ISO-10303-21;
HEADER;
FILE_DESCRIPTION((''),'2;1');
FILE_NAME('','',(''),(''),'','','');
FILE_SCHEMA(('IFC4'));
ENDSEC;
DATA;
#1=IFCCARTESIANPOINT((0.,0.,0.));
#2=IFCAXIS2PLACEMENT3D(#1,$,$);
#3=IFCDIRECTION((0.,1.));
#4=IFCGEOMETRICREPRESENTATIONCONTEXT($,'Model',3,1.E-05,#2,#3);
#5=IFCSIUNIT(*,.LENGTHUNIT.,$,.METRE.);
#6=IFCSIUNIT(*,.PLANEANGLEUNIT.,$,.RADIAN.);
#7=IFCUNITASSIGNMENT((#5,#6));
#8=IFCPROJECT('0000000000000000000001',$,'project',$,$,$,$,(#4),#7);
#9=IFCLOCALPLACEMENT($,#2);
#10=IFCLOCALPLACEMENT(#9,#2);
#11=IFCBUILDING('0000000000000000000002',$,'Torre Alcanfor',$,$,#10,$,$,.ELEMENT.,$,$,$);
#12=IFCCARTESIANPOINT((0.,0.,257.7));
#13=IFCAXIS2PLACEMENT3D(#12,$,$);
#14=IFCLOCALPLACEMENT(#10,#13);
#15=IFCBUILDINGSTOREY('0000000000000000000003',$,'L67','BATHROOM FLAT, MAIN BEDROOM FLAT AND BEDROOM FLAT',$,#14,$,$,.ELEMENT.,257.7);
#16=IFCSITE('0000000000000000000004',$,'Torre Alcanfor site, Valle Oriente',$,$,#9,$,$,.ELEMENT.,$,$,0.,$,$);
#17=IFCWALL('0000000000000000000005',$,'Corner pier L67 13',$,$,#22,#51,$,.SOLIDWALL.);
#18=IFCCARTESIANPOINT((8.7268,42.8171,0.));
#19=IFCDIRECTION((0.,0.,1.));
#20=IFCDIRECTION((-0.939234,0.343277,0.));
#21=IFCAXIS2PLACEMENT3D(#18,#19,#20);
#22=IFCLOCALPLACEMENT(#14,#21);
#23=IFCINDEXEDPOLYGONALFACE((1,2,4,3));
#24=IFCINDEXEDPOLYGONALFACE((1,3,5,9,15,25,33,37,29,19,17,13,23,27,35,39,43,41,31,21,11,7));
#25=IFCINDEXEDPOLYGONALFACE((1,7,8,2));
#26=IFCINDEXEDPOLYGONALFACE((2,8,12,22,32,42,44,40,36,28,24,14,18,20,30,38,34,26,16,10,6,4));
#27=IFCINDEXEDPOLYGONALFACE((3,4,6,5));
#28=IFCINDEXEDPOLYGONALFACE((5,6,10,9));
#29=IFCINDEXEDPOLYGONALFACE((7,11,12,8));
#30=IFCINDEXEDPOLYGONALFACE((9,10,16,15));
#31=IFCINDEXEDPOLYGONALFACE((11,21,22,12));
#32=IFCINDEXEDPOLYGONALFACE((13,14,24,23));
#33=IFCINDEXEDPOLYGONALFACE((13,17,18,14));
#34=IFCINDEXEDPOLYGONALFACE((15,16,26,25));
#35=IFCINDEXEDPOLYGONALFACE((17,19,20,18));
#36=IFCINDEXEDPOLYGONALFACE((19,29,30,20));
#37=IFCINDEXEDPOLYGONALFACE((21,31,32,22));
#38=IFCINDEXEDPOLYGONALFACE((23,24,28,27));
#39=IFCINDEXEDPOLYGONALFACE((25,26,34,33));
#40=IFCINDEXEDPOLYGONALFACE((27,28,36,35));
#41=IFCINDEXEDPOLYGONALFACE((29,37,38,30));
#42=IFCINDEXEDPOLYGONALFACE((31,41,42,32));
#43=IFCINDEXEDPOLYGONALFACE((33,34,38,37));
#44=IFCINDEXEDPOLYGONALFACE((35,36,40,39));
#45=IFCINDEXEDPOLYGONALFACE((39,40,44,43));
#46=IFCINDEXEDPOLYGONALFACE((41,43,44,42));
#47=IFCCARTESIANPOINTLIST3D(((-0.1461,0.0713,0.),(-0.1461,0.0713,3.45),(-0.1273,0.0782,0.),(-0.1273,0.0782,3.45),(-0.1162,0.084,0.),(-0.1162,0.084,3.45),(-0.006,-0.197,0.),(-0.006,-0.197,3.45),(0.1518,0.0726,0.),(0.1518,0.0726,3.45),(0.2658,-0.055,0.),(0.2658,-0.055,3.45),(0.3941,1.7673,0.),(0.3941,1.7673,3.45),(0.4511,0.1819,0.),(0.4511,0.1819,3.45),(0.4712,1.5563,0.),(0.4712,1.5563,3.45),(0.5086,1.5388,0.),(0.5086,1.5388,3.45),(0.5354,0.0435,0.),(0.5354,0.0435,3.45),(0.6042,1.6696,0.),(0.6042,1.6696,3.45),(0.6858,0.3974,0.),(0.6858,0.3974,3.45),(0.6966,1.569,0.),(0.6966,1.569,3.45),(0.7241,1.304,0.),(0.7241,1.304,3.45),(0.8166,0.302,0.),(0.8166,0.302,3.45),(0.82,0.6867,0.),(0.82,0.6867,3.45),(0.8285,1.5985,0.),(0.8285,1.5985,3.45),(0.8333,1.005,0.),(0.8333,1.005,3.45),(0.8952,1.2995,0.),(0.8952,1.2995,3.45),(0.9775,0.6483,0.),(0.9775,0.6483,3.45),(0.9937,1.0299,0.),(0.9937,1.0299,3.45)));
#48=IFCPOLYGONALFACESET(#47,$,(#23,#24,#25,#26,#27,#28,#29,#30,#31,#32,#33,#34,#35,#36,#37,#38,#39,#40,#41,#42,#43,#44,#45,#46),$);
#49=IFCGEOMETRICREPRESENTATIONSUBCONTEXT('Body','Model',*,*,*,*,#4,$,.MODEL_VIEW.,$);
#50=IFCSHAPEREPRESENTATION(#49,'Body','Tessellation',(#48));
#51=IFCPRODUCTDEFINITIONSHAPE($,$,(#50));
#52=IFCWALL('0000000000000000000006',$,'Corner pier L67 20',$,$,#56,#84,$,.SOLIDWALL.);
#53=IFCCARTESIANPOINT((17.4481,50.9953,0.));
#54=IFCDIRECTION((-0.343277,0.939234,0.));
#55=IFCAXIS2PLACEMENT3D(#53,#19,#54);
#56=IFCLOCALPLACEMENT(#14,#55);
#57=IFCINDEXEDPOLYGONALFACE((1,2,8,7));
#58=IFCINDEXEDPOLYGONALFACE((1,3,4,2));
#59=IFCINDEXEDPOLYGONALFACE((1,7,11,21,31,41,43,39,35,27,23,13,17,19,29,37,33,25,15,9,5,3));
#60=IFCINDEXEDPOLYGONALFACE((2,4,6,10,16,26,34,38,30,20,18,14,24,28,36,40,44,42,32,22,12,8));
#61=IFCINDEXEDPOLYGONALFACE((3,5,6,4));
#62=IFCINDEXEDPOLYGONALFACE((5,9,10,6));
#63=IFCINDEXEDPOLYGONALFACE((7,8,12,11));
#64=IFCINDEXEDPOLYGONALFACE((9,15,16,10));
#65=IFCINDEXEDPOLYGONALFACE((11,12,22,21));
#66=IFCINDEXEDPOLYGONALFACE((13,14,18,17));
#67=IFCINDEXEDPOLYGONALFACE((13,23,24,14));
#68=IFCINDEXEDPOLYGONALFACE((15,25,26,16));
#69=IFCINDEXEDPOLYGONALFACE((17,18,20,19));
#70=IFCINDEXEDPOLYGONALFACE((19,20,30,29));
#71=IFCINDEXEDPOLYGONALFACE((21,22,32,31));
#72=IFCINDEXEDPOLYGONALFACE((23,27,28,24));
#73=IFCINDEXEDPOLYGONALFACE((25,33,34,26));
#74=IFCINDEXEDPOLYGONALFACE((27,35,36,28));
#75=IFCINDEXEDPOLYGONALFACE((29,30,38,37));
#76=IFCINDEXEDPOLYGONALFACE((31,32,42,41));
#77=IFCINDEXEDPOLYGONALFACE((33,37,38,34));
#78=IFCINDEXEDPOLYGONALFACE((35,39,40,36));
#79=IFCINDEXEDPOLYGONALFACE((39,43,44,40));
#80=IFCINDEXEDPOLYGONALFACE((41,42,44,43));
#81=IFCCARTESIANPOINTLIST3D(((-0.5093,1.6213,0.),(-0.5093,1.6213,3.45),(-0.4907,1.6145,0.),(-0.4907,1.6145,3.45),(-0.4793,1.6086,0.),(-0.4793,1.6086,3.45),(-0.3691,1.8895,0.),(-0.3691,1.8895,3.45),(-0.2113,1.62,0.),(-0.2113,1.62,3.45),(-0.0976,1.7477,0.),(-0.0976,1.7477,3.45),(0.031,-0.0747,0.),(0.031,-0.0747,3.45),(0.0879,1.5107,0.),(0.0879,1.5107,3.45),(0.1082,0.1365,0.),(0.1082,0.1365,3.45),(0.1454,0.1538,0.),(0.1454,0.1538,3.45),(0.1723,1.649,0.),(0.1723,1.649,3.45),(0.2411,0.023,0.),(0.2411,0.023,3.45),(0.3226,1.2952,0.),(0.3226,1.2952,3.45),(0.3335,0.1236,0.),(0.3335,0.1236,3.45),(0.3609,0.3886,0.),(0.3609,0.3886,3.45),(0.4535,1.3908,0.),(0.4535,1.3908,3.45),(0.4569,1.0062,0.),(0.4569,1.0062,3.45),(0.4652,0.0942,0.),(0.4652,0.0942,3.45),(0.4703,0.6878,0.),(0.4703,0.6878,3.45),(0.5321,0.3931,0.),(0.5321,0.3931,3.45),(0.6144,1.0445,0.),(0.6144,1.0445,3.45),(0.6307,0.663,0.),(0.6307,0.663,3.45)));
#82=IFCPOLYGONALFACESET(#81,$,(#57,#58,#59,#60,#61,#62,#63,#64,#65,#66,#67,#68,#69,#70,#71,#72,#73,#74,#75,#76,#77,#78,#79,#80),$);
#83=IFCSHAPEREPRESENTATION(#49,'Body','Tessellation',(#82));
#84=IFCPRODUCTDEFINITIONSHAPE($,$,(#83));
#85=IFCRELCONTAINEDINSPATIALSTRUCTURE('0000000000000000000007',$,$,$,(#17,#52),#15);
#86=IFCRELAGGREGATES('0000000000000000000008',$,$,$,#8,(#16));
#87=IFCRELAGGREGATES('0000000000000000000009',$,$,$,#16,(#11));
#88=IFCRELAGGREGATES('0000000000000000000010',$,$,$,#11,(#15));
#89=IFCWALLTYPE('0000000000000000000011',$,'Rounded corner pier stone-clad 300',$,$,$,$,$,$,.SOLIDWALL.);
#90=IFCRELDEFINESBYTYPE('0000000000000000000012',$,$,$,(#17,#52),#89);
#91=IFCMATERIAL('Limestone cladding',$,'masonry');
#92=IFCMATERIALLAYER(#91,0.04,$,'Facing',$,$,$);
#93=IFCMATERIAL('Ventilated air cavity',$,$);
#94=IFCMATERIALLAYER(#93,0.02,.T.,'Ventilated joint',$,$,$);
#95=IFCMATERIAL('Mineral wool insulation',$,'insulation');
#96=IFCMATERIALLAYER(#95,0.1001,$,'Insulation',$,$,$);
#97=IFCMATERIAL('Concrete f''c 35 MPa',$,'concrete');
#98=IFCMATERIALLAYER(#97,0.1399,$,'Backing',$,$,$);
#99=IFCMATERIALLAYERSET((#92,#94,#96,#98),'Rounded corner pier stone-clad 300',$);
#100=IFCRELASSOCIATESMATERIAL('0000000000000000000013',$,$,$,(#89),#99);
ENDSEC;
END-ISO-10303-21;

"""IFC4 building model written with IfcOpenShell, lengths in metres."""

from ifc_helpers import new_model, si_unit, direction, frame, origin, place, context, subcontext, project, spatial, polyline, outline, extrude, material, layer, layer_set, type_object, element, save


model = new_model("IFC4")

# Units and contexts
model_context = context("Model", 3, precision=1e-05, world=origin(), true_north=direction((0.0, 1.0)))
body_context = subcontext(model_context, "Body", "Model", "MODEL_VIEW")
ifc_project = project(units=[si_unit("LENGTHUNIT", "METRE"), si_unit("PLANEANGLEUNIT", "RADIAN")], contexts=[model_context])

# Site, building, storey
site_placement = place(None, origin())
site = spatial("IfcSite", under=ifc_project, at=site_placement, Name="Torre Alcanfor site, Valle Oriente", CompositionType="ELEMENT", RefElevation=0.0)
building_placement = place(site_placement, origin())
building = spatial("IfcBuilding", under=site, at=building_placement, Name="Torre Alcanfor", CompositionType="ELEMENT")
storey_placement = place(building_placement, frame((0.0, 0.0, 257.7)))
storey = spatial("IfcBuildingStorey", under=building, at=storey_placement, Name="L67", Description="BATHROOM FLAT, MAIN BEDROOM FLAT AND BEDROOM FLAT", CompositionType="ELEMENT", Elevation=257.7)

# Shared definitions
ifc_material_1 = material(Name="Limestone cladding", Category="masonry")
ifc_material_2 = material(Name="Ventilated air cavity")
ifc_material_3 = material(Name="Mineral wool insulation", Category="insulation")
ifc_material_4 = material(Name="Concrete f'c 35 MPa", Category="concrete")

# Walls
ifc_layer_1 = layer(ifc_material_1, 0.04, Name="Facing")
ifc_layer_2 = layer(ifc_material_2, 0.02, ventilated=True, Name="Ventilated joint")
ifc_layer_3 = layer(ifc_material_3, 0.1001, Name="Insulation")
ifc_layer_4 = layer(ifc_material_4, 0.1399, Name="Backing")
ifc_layer_set_1 = layer_set([ifc_layer_1, ifc_layer_2, ifc_layer_3, ifc_layer_4], Name="Rounded corner pier stone-clad 300")
wall_type_1 = type_object("IfcWallType", Name="Rounded corner pier stone-clad 300", PredefinedType="SOLIDWALL", material=ifc_layer_set_1)
wall_1_placement = place(storey_placement, frame((8.7268, 42.8171, 0.0), z_axis=(0.0, 0.0, 1.0), x_axis=(-0.939234, 0.343277, 0.0)))
element("IfcWall", 1, at=wall_1_placement, inside=storey, type_object=wall_type_1, Name="Corner pier L67 13", PredefinedType="SOLIDWALL", context=body_context, shape_type="SweptSolid", body=[
    extrude(outline(polyline([(-0.1273, 0.0782), (-0.1461, 0.0713), (-0.006, -0.197), (0.2658, -0.055), (0.5354, 0.0435), (0.8166, 0.302), (0.9775, 0.6483), (0.9937, 1.0299), (0.8952, 1.2995), (0.8285, 1.5985), (0.6966, 1.569), (0.6042, 1.6696), (0.3941, 1.7673), (0.4712, 1.5563), (0.5086, 1.5388), (0.7241, 1.304), (0.8333, 1.005), (0.82, 0.6867), (0.6858, 0.3974), (0.4511, 0.1819), (0.1518, 0.0726), (-0.1162, 0.084), (-0.1273, 0.0782)])), origin(), (0.0, 0.0, 1.0), 3.45),
])
wall_2_placement = place(storey_placement, frame((17.4481, 50.9953, 0.0), z_axis=(0.0, 0.0, 1.0), x_axis=(-0.343277, 0.939234, 0.0)))
element("IfcWall", 2, at=wall_2_placement, inside=storey, type_object=wall_type_1, Name="Corner pier L67 20", PredefinedType="SOLIDWALL", context=body_context, shape_type="SweptSolid", body=[
    extrude(outline(polyline([(0.2411, 0.023), (0.3335, 0.1236), (0.4652, 0.0942), (0.5321, 0.3931), (0.6307, 0.663), (0.6144, 1.0445), (0.4535, 1.3908), (0.1723, 1.649), (-0.0976, 1.7477), (-0.3691, 1.8895), (-0.5093, 1.6213), (-0.4907, 1.6145), (-0.4793, 1.6086), (-0.2113, 1.62), (0.0879, 1.5107), (0.3226, 1.2952), (0.4569, 1.0062), (0.4703, 0.6878), (0.3609, 0.3886), (0.1454, 0.1538), (0.1082, 0.1365), (0.031, -0.0747), (0.2411, 0.023)])), origin(), (0.0, 0.0, 1.0), 3.45),
])

save(model, "model.ifc")
